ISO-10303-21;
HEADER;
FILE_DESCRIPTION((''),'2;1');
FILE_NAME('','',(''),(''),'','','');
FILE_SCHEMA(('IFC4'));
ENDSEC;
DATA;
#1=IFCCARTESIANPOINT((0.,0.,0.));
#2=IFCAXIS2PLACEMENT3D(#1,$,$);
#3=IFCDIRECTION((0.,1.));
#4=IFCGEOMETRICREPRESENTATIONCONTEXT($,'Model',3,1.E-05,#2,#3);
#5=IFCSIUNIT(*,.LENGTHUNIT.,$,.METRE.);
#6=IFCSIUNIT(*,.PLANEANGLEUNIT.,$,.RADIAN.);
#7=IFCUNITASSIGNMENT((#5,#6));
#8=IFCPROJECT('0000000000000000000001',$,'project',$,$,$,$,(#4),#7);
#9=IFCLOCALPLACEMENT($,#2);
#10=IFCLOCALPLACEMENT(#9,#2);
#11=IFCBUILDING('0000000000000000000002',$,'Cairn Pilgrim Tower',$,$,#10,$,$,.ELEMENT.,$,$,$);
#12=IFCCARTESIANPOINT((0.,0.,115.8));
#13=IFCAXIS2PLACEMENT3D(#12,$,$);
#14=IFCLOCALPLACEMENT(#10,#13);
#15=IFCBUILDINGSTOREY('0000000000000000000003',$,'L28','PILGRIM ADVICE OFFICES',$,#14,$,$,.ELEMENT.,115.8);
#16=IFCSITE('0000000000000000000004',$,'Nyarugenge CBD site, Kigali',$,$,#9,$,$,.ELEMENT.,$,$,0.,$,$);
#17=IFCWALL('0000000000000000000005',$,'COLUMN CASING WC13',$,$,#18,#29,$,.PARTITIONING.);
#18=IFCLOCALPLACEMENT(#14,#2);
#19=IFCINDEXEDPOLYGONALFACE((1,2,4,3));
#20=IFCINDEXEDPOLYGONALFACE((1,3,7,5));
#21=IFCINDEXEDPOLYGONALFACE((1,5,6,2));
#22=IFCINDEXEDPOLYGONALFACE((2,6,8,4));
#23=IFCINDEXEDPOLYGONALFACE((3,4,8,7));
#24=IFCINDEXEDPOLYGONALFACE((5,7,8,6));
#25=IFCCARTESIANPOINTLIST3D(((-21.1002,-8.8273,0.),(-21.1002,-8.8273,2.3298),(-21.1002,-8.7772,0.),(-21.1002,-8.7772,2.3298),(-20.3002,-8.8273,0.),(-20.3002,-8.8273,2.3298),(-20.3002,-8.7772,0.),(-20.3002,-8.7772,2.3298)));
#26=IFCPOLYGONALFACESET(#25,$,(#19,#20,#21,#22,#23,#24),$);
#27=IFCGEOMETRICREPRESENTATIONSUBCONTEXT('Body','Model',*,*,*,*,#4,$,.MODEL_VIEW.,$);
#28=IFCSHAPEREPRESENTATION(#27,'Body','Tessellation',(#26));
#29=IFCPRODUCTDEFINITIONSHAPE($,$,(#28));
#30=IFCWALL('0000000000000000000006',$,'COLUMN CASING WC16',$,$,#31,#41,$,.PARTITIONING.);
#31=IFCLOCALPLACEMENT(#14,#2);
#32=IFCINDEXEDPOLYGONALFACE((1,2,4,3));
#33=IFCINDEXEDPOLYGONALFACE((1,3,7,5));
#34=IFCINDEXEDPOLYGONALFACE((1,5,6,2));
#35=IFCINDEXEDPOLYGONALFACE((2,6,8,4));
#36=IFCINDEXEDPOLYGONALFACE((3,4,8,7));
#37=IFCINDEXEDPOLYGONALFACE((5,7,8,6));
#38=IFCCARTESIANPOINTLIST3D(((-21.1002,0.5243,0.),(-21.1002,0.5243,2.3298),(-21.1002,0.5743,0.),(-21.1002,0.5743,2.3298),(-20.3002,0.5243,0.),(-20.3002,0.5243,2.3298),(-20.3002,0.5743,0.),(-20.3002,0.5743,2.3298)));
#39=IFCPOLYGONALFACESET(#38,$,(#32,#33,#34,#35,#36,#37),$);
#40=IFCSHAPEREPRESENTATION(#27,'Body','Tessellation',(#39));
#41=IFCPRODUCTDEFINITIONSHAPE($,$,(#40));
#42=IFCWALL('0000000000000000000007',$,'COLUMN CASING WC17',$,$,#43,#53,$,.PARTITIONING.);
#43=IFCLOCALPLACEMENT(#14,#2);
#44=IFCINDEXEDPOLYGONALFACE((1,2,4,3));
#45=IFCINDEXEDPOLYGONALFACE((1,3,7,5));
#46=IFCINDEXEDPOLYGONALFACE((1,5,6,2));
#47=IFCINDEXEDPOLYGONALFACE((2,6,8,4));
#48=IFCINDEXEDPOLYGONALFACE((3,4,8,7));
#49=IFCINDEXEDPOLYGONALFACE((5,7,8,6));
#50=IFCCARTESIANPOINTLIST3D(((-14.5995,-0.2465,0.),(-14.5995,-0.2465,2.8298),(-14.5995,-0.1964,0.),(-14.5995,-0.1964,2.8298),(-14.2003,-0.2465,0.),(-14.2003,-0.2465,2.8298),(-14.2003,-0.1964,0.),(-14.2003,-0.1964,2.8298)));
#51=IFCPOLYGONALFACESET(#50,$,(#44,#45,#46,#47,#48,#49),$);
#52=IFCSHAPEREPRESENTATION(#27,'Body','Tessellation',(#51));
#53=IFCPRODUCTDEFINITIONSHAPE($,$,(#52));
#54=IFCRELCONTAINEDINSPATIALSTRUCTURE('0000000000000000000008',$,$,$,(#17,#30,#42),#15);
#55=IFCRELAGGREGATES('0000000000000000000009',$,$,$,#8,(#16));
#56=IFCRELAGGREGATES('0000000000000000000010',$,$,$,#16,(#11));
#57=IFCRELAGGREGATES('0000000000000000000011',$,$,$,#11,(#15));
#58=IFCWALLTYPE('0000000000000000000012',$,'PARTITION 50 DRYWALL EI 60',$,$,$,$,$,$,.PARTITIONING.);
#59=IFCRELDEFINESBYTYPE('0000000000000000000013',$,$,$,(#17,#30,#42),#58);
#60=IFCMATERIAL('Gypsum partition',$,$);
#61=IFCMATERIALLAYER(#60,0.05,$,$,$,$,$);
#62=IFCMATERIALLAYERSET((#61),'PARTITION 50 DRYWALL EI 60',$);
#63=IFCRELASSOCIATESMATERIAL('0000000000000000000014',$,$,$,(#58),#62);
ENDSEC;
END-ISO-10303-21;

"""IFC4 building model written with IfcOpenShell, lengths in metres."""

from ifc_helpers import new_model, si_unit, direction, frame, frame_2d, origin, place, context, subcontext, project, spatial, rectangle, extrude, material, layer, layer_set, type_object, element, save


model = new_model("IFC4")

# Units and contexts
model_context = context("Model", 3, precision=1e-05, world=origin(), true_north=direction((0.0, 1.0)))
body_context = subcontext(model_context, "Body", "Model", "MODEL_VIEW")
ifc_project = project(units=[si_unit("LENGTHUNIT", "METRE"), si_unit("PLANEANGLEUNIT", "RADIAN")], contexts=[model_context])

# Site, building, storey
site_placement = place(None, origin())
site = spatial("IfcSite", under=ifc_project, at=site_placement, Name="Nyarugenge CBD site, Kigali", CompositionType="ELEMENT", RefElevation=0.0)
building_placement = place(site_placement, origin())
building = spatial("IfcBuilding", under=site, at=building_placement, Name="Cairn Pilgrim Tower", CompositionType="ELEMENT")
storey_placement = place(building_placement, frame((0.0, 0.0, 115.8)))
storey = spatial("IfcBuildingStorey", under=building, at=storey_placement, Name="L28", Description="PILGRIM ADVICE OFFICES", CompositionType="ELEMENT", Elevation=115.8)

# Shared definitions
ifc_material_1 = material(Name="Gypsum partition")

# Walls
ifc_layer_1 = layer(ifc_material_1, 0.05)
ifc_layer_set_1 = layer_set([ifc_layer_1], Name="PARTITION 50 DRYWALL EI 60")
wall_type_1 = type_object("IfcWallType", Name="PARTITION 50 DRYWALL EI 60", PredefinedType="PARTITIONING", material=ifc_layer_set_1)
for number, where, z_axis, x_axis, name in (
    (1, (-21.1001, -8.8022, 0.0), (0.0, 0.0, 1.0), (1.0, 0.0, 0.0), "COLUMN CASING WC13"),
    (2, (-21.1001, 0.5493, 0.0), (0.0, 0.0, 1.0), (1.0, 0.0, 0.0), "COLUMN CASING WC16"),
):
    element("IfcWall", number, at=place(storey_placement, frame(where, z_axis=z_axis, x_axis=x_axis)), inside=storey, type_object=wall_type_1, Name=name, PredefinedType="PARTITIONING", context=body_context, shape_type="SweptSolid", body=[
        extrude(rectangle(XDim=0.8, YDim=0.05, at=frame_2d((0.3999, 0.0))), origin(), (0.0, 0.0, 1.0), 2.3298),
    ])
wall_1_placement = place(storey_placement, frame((-14.5996, -0.2214, 0.0), z_axis=(0.0, 0.0, 1.0), x_axis=(1.0, 0.0, 0.0)))
element("IfcWall", 3, at=wall_1_placement, inside=storey, type_object=wall_type_1, Name="COLUMN CASING WC17", PredefinedType="PARTITIONING", context=body_context, shape_type="SweptSolid", body=[
    extrude(rectangle(XDim=0.3992, YDim=0.05, at=frame_2d((0.1997, 0.0))), origin(), (0.0, 0.0, 1.0), 2.8298),
])

save(model, "model.ifc")
